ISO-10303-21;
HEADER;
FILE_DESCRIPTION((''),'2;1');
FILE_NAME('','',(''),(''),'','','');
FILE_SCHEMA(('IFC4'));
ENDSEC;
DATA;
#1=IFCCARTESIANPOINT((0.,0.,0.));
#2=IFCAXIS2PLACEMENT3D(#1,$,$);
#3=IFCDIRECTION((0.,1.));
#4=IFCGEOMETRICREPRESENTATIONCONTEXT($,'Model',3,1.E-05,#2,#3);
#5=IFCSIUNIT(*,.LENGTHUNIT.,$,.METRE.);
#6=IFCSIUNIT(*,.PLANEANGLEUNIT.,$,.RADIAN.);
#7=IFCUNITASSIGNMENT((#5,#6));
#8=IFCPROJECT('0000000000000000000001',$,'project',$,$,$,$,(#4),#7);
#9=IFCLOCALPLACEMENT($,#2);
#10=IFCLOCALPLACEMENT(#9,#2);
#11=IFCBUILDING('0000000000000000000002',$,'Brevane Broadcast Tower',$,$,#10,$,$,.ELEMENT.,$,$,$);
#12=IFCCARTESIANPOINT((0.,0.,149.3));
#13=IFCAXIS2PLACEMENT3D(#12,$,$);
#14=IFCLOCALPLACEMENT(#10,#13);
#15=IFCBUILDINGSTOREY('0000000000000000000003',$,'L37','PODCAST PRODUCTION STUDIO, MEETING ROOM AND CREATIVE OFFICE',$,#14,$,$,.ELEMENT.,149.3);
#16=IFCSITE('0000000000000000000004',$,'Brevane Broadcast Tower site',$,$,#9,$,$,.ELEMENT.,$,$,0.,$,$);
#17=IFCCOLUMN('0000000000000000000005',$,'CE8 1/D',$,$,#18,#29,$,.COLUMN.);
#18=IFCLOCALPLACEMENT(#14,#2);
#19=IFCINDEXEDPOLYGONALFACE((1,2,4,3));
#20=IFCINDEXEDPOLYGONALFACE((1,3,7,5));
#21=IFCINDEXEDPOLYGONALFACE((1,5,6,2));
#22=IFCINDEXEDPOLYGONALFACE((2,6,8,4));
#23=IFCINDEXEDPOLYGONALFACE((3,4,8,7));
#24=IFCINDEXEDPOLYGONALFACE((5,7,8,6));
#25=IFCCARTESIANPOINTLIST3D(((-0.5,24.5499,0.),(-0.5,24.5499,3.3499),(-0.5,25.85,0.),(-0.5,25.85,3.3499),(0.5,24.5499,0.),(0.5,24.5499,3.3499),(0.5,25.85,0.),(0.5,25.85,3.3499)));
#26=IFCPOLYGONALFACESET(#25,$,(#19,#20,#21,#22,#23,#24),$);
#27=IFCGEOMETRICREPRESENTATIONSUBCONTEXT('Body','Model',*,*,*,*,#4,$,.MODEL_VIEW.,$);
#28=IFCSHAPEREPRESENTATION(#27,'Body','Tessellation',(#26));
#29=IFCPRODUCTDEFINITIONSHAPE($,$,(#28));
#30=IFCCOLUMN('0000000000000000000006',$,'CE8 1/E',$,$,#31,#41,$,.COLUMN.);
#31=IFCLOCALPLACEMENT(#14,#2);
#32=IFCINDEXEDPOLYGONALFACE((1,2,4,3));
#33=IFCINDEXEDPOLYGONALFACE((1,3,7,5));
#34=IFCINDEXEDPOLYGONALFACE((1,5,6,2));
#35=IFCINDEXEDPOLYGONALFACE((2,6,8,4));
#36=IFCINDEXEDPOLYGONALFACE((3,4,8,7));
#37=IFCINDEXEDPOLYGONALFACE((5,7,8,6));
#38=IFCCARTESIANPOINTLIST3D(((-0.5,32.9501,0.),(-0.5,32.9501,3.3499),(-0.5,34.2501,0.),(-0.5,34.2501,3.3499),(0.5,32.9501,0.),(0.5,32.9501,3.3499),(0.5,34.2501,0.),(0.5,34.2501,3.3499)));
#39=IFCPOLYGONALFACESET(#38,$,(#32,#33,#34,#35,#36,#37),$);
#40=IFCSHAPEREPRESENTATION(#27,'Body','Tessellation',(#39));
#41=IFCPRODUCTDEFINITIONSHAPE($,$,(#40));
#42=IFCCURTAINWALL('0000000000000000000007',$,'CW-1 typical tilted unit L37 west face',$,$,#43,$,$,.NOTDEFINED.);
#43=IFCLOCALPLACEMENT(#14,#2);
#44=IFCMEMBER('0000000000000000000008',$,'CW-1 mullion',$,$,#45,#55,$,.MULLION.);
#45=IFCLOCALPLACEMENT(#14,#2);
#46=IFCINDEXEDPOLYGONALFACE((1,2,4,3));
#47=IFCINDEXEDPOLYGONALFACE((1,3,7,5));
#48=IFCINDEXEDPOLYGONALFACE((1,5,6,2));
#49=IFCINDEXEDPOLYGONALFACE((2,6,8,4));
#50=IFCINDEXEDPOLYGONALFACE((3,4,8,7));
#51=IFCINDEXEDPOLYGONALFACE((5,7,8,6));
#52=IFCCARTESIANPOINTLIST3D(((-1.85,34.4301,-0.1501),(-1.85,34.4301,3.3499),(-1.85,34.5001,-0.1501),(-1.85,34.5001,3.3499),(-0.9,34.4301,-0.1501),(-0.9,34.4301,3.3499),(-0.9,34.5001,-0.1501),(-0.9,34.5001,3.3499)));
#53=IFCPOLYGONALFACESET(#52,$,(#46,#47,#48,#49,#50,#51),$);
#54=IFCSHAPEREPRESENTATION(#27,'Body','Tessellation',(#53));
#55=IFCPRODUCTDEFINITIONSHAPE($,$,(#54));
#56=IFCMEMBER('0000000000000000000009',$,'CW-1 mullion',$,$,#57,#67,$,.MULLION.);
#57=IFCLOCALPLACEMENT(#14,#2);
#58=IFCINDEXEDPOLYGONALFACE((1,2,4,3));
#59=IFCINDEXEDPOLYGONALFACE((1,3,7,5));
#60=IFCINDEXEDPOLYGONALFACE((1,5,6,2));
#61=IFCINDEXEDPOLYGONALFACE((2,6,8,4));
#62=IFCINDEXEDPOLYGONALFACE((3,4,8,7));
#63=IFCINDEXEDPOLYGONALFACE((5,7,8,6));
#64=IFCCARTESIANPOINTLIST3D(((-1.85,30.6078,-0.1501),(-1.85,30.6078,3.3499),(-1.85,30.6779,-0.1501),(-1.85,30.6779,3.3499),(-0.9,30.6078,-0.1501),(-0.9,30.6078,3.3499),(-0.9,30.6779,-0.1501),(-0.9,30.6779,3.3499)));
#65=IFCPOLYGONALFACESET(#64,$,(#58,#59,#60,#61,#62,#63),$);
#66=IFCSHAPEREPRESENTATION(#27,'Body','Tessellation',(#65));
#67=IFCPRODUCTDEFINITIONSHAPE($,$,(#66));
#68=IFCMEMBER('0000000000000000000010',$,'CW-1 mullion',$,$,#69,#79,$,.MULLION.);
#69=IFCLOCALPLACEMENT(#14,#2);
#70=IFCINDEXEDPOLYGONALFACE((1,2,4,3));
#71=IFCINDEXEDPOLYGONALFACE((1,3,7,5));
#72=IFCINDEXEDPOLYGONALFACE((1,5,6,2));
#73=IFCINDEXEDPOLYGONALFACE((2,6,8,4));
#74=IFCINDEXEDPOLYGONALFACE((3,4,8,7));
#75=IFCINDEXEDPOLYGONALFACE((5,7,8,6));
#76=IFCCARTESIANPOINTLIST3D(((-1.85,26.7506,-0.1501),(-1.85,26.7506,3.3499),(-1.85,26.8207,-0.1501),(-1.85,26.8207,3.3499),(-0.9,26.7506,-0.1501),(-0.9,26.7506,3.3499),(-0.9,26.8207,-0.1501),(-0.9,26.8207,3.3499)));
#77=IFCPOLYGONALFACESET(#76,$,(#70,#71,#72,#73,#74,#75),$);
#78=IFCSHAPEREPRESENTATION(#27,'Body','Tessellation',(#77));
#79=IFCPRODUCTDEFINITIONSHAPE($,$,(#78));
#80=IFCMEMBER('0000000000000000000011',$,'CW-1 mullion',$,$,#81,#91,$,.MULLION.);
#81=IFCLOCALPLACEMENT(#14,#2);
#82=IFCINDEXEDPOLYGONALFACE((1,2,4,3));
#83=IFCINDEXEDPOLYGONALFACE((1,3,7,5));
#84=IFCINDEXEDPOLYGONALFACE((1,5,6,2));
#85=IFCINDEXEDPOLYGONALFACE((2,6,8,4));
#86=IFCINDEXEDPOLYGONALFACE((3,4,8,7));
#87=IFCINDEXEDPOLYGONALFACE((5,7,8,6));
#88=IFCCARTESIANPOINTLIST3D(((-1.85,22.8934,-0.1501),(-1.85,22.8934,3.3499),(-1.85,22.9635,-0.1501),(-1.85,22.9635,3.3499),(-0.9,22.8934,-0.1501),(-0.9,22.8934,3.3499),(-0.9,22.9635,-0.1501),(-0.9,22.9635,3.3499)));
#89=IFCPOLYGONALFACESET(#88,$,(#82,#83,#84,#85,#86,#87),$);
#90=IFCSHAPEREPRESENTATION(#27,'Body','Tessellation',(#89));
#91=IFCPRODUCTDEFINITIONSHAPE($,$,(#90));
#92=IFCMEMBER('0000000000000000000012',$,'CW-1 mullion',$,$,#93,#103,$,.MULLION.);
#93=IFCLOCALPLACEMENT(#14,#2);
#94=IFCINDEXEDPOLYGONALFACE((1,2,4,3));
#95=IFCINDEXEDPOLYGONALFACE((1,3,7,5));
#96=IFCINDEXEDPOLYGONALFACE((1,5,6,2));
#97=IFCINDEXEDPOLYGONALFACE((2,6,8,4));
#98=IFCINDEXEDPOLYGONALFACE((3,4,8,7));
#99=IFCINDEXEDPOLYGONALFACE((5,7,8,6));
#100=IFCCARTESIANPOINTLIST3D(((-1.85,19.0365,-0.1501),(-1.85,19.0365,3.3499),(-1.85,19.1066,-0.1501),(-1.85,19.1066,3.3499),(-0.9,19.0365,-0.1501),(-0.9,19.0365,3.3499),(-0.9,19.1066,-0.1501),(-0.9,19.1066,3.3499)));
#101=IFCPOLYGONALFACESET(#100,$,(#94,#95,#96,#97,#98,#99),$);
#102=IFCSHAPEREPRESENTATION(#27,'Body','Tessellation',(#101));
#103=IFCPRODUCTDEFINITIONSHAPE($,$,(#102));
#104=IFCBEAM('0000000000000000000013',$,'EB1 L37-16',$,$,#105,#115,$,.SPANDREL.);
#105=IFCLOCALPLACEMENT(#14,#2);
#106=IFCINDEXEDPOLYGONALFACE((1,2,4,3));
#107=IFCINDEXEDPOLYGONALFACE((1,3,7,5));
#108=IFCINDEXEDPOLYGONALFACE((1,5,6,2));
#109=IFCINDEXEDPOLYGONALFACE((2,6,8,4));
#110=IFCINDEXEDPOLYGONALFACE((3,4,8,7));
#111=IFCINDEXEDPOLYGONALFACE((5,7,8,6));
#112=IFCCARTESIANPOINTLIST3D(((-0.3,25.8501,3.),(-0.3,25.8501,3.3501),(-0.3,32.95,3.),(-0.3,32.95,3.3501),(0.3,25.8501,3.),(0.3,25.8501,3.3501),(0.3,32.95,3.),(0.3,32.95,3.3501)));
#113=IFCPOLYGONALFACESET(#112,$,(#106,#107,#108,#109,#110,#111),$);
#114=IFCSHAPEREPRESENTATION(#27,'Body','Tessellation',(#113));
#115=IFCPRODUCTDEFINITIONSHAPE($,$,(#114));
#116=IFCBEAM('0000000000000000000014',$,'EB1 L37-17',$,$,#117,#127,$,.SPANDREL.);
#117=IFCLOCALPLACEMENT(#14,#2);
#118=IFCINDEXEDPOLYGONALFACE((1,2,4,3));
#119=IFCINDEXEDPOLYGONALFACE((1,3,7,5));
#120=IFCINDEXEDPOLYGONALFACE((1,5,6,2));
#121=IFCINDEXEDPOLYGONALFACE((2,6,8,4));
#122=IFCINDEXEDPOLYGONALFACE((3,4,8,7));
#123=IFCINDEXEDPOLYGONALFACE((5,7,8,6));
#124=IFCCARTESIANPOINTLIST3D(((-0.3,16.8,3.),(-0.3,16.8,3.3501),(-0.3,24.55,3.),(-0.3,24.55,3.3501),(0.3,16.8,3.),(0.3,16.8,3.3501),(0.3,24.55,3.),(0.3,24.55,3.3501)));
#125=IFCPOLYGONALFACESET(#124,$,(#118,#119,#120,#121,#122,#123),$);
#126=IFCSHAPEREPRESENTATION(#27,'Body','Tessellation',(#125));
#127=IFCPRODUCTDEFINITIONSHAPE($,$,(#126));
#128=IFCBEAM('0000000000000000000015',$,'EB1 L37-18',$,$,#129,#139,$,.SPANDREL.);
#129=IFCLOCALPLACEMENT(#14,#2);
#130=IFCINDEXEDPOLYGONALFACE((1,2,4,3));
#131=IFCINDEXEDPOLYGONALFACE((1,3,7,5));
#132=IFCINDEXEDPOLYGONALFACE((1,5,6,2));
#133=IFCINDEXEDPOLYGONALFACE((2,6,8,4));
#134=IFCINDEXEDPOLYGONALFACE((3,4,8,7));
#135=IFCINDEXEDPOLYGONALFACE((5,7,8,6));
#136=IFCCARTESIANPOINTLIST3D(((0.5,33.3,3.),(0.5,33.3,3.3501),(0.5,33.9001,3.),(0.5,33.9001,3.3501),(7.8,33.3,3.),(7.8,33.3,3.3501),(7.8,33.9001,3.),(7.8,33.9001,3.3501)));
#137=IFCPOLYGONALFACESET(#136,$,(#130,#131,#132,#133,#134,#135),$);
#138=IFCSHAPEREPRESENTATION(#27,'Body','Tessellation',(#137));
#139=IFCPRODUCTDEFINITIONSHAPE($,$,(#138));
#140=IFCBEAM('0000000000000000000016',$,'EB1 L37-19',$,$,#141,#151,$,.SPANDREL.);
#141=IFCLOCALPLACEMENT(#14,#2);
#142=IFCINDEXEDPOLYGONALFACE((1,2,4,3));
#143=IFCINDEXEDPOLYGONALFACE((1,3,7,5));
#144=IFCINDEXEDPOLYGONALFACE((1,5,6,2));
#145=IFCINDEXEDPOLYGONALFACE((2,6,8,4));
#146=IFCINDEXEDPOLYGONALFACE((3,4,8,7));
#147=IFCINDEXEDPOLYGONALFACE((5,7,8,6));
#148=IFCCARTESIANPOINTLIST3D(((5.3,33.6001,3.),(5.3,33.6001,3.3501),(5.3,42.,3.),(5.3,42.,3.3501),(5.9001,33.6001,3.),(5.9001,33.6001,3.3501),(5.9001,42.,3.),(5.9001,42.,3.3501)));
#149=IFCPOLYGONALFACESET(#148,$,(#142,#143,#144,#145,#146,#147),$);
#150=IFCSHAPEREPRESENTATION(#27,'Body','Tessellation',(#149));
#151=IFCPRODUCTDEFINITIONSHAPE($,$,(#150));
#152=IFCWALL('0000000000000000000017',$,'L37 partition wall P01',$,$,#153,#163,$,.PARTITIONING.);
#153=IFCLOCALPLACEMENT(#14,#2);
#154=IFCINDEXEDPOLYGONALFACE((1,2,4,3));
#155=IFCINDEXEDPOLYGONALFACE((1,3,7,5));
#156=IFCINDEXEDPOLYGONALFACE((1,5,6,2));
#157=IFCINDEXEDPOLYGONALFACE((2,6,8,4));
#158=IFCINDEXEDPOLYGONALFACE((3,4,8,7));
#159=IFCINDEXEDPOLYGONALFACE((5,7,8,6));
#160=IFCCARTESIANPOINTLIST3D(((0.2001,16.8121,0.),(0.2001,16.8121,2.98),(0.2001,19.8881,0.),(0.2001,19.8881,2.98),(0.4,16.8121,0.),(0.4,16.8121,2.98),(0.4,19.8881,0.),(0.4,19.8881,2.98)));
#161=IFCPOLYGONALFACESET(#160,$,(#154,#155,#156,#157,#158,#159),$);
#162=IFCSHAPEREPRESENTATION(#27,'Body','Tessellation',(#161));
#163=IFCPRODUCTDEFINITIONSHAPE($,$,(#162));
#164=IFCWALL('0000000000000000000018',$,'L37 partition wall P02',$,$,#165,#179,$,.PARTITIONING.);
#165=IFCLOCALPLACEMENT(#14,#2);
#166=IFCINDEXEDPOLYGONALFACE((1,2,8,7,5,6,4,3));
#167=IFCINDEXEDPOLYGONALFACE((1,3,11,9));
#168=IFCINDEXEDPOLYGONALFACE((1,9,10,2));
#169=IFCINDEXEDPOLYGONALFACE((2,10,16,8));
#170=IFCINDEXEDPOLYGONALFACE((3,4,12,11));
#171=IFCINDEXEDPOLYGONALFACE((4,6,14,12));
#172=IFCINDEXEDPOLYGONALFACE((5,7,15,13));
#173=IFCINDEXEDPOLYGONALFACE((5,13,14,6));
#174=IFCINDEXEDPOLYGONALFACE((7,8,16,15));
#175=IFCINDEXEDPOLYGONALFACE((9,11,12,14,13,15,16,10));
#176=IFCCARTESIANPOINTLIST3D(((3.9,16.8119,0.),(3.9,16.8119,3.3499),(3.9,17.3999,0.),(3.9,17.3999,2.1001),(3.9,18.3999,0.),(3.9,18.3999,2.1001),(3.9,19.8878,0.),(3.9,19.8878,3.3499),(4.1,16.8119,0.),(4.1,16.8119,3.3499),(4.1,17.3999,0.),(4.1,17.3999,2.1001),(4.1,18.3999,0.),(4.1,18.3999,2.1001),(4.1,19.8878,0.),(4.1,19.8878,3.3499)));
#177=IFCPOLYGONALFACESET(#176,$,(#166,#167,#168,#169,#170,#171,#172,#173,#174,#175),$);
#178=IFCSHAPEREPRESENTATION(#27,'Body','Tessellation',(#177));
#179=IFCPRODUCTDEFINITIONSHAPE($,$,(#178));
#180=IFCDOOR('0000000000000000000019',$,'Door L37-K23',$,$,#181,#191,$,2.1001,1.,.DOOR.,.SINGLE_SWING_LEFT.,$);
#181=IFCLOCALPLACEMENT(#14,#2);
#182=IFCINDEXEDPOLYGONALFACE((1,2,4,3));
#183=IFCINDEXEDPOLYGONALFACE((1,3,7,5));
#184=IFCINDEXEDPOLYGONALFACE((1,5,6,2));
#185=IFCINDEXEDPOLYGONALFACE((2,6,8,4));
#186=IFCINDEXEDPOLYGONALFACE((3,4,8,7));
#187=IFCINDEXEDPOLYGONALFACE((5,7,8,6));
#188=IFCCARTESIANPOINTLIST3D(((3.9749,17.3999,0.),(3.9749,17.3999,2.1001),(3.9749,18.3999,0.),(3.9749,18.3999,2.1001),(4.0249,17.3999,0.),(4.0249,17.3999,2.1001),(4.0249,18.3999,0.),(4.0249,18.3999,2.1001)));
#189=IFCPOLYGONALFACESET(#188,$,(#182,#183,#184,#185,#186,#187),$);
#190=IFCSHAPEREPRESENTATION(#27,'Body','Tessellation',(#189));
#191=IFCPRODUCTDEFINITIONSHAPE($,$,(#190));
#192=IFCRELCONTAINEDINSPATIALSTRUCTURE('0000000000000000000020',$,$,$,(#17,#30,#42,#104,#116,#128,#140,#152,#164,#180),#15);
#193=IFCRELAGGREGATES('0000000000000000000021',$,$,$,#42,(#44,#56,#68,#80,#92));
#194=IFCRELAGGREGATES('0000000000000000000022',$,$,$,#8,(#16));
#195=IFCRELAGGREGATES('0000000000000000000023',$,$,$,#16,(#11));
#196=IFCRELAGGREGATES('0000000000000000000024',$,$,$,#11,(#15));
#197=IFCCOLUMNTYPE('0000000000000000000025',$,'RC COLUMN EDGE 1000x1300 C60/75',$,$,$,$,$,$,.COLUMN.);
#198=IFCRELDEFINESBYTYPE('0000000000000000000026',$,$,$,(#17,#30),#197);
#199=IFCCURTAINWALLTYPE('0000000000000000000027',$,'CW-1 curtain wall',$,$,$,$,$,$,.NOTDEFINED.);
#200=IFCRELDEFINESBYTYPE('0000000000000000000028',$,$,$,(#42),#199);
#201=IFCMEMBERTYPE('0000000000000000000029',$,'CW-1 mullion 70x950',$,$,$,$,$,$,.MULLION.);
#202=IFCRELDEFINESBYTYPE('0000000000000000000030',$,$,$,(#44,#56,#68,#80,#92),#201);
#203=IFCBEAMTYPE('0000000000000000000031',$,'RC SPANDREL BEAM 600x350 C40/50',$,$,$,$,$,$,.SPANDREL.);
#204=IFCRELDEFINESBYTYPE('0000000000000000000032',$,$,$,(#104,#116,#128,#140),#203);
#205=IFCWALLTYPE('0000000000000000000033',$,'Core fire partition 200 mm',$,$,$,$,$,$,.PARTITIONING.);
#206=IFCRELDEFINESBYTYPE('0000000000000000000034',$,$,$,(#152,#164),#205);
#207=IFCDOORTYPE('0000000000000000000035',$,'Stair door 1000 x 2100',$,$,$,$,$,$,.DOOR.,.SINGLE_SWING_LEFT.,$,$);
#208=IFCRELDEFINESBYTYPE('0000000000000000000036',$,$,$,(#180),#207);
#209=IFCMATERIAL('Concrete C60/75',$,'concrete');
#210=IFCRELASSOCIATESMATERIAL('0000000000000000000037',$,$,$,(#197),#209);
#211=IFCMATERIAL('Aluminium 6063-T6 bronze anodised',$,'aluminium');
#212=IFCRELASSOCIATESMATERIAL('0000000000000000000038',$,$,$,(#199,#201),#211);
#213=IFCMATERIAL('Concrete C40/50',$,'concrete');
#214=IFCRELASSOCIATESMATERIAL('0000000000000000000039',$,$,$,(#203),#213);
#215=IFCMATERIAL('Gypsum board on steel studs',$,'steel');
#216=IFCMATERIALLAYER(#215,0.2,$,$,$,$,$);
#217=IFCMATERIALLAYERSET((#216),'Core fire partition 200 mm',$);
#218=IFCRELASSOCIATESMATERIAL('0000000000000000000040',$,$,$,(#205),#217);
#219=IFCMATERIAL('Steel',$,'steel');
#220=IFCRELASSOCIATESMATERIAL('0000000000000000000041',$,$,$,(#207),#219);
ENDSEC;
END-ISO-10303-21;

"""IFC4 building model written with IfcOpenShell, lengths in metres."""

from ifc_helpers import new_model, si_unit, direction, frame, frame_2d, origin, origin_2d, place, context, subcontext, project, spatial, rectangle, extrude, material, layer, layer_set, material_profile, profile_set, type_object, element, fill, aggregate, save


model = new_model("IFC4")

# Units and contexts
model_context = context("Model", 3, precision=1e-05, world=origin(), true_north=direction((0.0, 1.0)))
body_context = subcontext(model_context, "Body", "Model", "MODEL_VIEW")
ifc_project = project(units=[si_unit("LENGTHUNIT", "METRE"), si_unit("PLANEANGLEUNIT", "RADIAN")], contexts=[model_context])

# Site, building, storey
site_placement = place(None, origin())
site = spatial("IfcSite", under=ifc_project, at=site_placement, Name="Brevane Broadcast Tower site", CompositionType="ELEMENT", RefElevation=0.0)
building_placement = place(site_placement, origin())
building = spatial("IfcBuilding", under=site, at=building_placement, Name="Brevane Broadcast Tower", CompositionType="ELEMENT")
storey_placement = place(building_placement, frame((0.0, 0.0, 149.3)))
storey = spatial("IfcBuildingStorey", under=building, at=storey_placement, Name="L37", Description="PODCAST PRODUCTION STUDIO, MEETING ROOM AND CREATIVE OFFICE", CompositionType="ELEMENT", Elevation=149.3)

# Columns
ifc_material_1 = material(Name="Concrete C60/75", Category="concrete")
ifc_material_profile_1 = material_profile(ifc_material_1, rectangle(XDim=1.0, YDim=1.3, at=origin_2d()), Name="RC 1000x1300")
ifc_profile_set_1 = profile_set([ifc_material_profile_1], Name="Concrete C60/75")
column_type = type_object("IfcColumnType", Name="RC COLUMN EDGE 1000x1300 C60/75", PredefinedType="COLUMN", material=ifc_profile_set_1)
for number, where, z_axis, x_axis, name in (
    (1, (0.0, 25.2, 0.0), (0.0, 0.0, 1.0), (1.0, 0.0, 0.0), "CE8 1/D"),
    (2, (0.0, 33.6001, 0.0), (0.0, 0.0, 1.0), (1.0, 0.0, 0.0), "CE8 1/E"),
):
    element("IfcColumn", number, at=place(storey_placement, frame(where, z_axis=z_axis, x_axis=x_axis)), inside=storey, type_object=column_type, Name=name, PredefinedType="COLUMN", context=body_context, shape_type="SweptSolid", body=[
        extrude(rectangle(XDim=1.0, YDim=1.3, at=origin_2d()), origin(), (0.0, 0.0, 1.0), 3.3499),
    ])

# Curtain wall, members
ifc_material_2 = material(Name="Aluminium 6063-T6 bronze anodised", Category="aluminium")
curtain_wall_type = type_object("IfcCurtainWallType", Name="CW-1 curtain wall", PredefinedType="NOTDEFINED", material=ifc_material_2)
curtain_wall_placement = place(storey_placement, origin())
curtain_wall = element("IfcCurtainWall", 3, at=curtain_wall_placement, inside=storey, type_object=curtain_wall_type, Name="CW-1 typical tilted unit L37 west face", PredefinedType="NOTDEFINED")
ifc_material_profile_2 = material_profile(ifc_material_2, rectangle(XDim=0.95, YDim=0.0701, at=origin_2d()), Name="RECT 70x950")
ifc_profile_set_2 = profile_set([ifc_material_profile_2], Name="Aluminium 6063-T6 bronze anodised")
member_type = type_object("IfcMemberType", Name="CW-1 mullion 70x950", PredefinedType="MULLION", material=ifc_profile_set_2)
member_1_placement = place(storey_placement, frame((-1.375, 34.4651, -0.1501), z_axis=(0.0, 0.0, 1.0), x_axis=(1.0, 0.0, 0.0)))
member_1 = element("IfcMember", 4, at=member_1_placement, type_object=member_type, Name="CW-1 mullion", PredefinedType="MULLION", context=body_context, shape_type="SweptSolid", body=[
    extrude(rectangle(XDim=0.95, YDim=0.0701, at=origin_2d()), origin(), (0.0, 0.0, 1.0), 3.5),
])
member_2_placement = place(storey_placement, frame((-1.375, 30.6428, -0.1501), z_axis=(0.0, 0.0, 1.0), x_axis=(1.0, 0.0, 0.0)))
member_2 = element("IfcMember", 5, at=member_2_placement, type_object=member_type, Name="CW-1 mullion", PredefinedType="MULLION", context=body_context, shape_type="SweptSolid", body=[
    extrude(rectangle(XDim=0.95, YDim=0.0701, at=origin_2d()), origin(), (0.0, 0.0, 1.0), 3.5),
])
member_3_placement = place(storey_placement, frame((-1.375, 26.7856, -0.1501), z_axis=(0.0, 0.0, 1.0), x_axis=(1.0, 0.0, 0.0)))
member_3 = element("IfcMember", 6, at=member_3_placement, type_object=member_type, Name="CW-1 mullion", PredefinedType="MULLION", context=body_context, shape_type="SweptSolid", body=[
    extrude(rectangle(XDim=0.95, YDim=0.0701, at=origin_2d()), origin(), (0.0, 0.0, 1.0), 3.5),
])
member_4_placement = place(storey_placement, frame((-1.375, 22.9285, -0.1501), z_axis=(0.0, 0.0, 1.0), x_axis=(1.0, 0.0, 0.0)))
member_4 = element("IfcMember", 7, at=member_4_placement, type_object=member_type, Name="CW-1 mullion", PredefinedType="MULLION", context=body_context, shape_type="SweptSolid", body=[
    extrude(rectangle(XDim=0.95, YDim=0.0701, at=origin_2d()), origin(), (0.0, 0.0, 1.0), 3.5),
])
member_5_placement = place(storey_placement, frame((-1.375, 19.0715, -0.1501), z_axis=(0.0, 0.0, 1.0), x_axis=(1.0, 0.0, 0.0)))
member_5 = element("IfcMember", 8, at=member_5_placement, type_object=member_type, Name="CW-1 mullion", PredefinedType="MULLION", context=body_context, shape_type="SweptSolid", body=[
    extrude(rectangle(XDim=0.95, YDim=0.0701, at=origin_2d()), origin(), (0.0, 0.0, 1.0), 3.5),
])
aggregate(curtain_wall, [member_1, member_2, member_3, member_4, member_5])

# Beams
ifc_material_3 = material(Name="Concrete C40/50", Category="concrete")
ifc_material_profile_3 = material_profile(ifc_material_3, rectangle(XDim=0.6001, YDim=0.3501, at=origin_2d()), Name="RC 600x350")
ifc_profile_set_3 = profile_set([ifc_material_profile_3], Name="Concrete C40/50")
beam_type = type_object("IfcBeamType", Name="RC SPANDREL BEAM 600x350 C40/50", PredefinedType="SPANDREL", material=ifc_profile_set_3)
beam_1_placement = place(storey_placement, frame((0.0, 32.95, 3.175), z_axis=(0.0, -1.0, 0.0), x_axis=(1.0, 0.0, 0.0)))
element("IfcBeam", 9, at=beam_1_placement, inside=storey, type_object=beam_type, Name="EB1 L37-16", PredefinedType="SPANDREL", context=body_context, shape_type="SweptSolid", body=[
    extrude(rectangle(XDim=0.6001, YDim=0.3501, at=origin_2d()), origin(), (0.0, 0.0, 1.0), 7.0999),
])
beam_2_placement = place(storey_placement, frame((0.0, 24.55, 3.175), z_axis=(0.0, -1.0, 0.0), x_axis=(1.0, 0.0, 0.0)))
element("IfcBeam", 10, at=beam_2_placement, inside=storey, type_object=beam_type, Name="EB1 L37-17", PredefinedType="SPANDREL", context=body_context, shape_type="SweptSolid", body=[
    extrude(rectangle(XDim=0.6001, YDim=0.3501, at=origin_2d()), origin(), (0.0, 0.0, 1.0), 7.75),
])
beam_3_placement = place(storey_placement, frame((0.5, 33.6001, 3.175), z_axis=(1.0, 0.0, 0.0), x_axis=(0.0, 1.0, 0.0)))
element("IfcBeam", 11, at=beam_3_placement, inside=storey, type_object=beam_type, Name="EB1 L37-18", PredefinedType="SPANDREL", context=body_context, shape_type="SweptSolid", body=[
    extrude(rectangle(XDim=0.6001, YDim=0.3501, at=origin_2d()), origin(), (0.0, 0.0, 1.0), 7.3),
])
beam_4_placement = place(storey_placement, frame((5.6001, 33.6001, 3.175), z_axis=(0.0, 1.0, 0.0), x_axis=(-1.0, 0.0, 0.0)))
element("IfcBeam", 12, at=beam_4_placement, inside=storey, type_object=beam_type, Name="EB1 L37-19", PredefinedType="SPANDREL", context=body_context, shape_type="SweptSolid", body=[
    extrude(rectangle(XDim=0.6001, YDim=0.3501, at=origin_2d()), origin(), (0.0, 0.0, 1.0), 8.3999),
])

# Wall
ifc_material_4 = material(Name="Gypsum board on steel studs", Category="steel")
ifc_layer_1 = layer(ifc_material_4, 0.2)
ifc_layer_set_1 = layer_set([ifc_layer_1], Name="Core fire partition 200 mm")
wall_type_1 = type_object("IfcWallType", Name="Core fire partition 200 mm", PredefinedType="PARTITIONING", material=ifc_layer_set_1)
wall_1_placement = place(storey_placement, frame((0.3, 16.812, 0.0), z_axis=(0.0, 0.0, 1.0), x_axis=(0.0, 1.0, 0.0)))
element("IfcWall", 13, at=wall_1_placement, inside=storey, type_object=wall_type_1, Name="L37 partition wall P01", PredefinedType="PARTITIONING", context=body_context, shape_type="SweptSolid", body=[
    extrude(rectangle(XDim=3.0759, YDim=0.2, at=frame_2d((1.5381, 0.0))), origin(), (0.0, 0.0, 1.0), 2.98),
])

# Wall, opening, door
wall_2_placement = place(storey_placement, frame((4.0, 19.8879, 0.0), z_axis=(0.0, 0.0, 1.0), x_axis=(0.0, -1.0, 0.0)))
wall_2 = element("IfcWall", 14, at=wall_2_placement, inside=storey, type_object=wall_type_1, Name="L37 partition wall P02", PredefinedType="PARTITIONING", context=body_context, shape_type="SweptSolid", body=[
    extrude(rectangle(XDim=3.0759, YDim=0.2, at=frame_2d((1.5381, 0.0))), origin(), (0.0, 0.0, 1.0), 3.3499),
])
opening_1_placement = place(wall_2_placement, frame((1.488, 0.0, 0.0)))
opening_1 = element("IfcOpeningElement", 15, at=opening_1_placement, cuts=wall_2, PredefinedType="OPENING", context=body_context, shape_type="SweptSolid", body=[
    extrude(rectangle(XDim=1.0, YDim=2.1001, at=frame_2d((0.5, 1.05))), frame((0.0, 0.1099, 0.0), z_axis=(0.0, -1.0, 0.0), x_axis=(1.0, 0.0, 0.0)), (0.0, 0.0, 1.0), 0.22),
])
ifc_material_5 = material(Name="Steel", Category="steel")
door_type_1 = type_object("IfcDoorType", Name="Stair door 1000 x 2100", OperationType="SINGLE_SWING_LEFT", PredefinedType="DOOR", material=ifc_material_5)
door_1_placement = place(opening_1_placement, origin())
door_1 = element("IfcDoor", 16, at=door_1_placement, inside=storey, type_object=door_type_1, Name="Door L37-K23", OperationType="SINGLE_SWING_LEFT", OverallHeight=2.1001, OverallWidth=1.0, PredefinedType="DOOR", context=body_context, shape_type="SweptSolid", body=[
    extrude(rectangle(XDim=1.0, YDim=2.1001, at=frame_2d((0.5, 1.05))), frame((0.0, 0.0249, 0.0), z_axis=(0.0, -1.0, 0.0), x_axis=(1.0, 0.0, 0.0)), (0.0, 0.0, 1.0), 0.05),
])
fill(opening_1, door_1)

save(model, "model.ifc")
